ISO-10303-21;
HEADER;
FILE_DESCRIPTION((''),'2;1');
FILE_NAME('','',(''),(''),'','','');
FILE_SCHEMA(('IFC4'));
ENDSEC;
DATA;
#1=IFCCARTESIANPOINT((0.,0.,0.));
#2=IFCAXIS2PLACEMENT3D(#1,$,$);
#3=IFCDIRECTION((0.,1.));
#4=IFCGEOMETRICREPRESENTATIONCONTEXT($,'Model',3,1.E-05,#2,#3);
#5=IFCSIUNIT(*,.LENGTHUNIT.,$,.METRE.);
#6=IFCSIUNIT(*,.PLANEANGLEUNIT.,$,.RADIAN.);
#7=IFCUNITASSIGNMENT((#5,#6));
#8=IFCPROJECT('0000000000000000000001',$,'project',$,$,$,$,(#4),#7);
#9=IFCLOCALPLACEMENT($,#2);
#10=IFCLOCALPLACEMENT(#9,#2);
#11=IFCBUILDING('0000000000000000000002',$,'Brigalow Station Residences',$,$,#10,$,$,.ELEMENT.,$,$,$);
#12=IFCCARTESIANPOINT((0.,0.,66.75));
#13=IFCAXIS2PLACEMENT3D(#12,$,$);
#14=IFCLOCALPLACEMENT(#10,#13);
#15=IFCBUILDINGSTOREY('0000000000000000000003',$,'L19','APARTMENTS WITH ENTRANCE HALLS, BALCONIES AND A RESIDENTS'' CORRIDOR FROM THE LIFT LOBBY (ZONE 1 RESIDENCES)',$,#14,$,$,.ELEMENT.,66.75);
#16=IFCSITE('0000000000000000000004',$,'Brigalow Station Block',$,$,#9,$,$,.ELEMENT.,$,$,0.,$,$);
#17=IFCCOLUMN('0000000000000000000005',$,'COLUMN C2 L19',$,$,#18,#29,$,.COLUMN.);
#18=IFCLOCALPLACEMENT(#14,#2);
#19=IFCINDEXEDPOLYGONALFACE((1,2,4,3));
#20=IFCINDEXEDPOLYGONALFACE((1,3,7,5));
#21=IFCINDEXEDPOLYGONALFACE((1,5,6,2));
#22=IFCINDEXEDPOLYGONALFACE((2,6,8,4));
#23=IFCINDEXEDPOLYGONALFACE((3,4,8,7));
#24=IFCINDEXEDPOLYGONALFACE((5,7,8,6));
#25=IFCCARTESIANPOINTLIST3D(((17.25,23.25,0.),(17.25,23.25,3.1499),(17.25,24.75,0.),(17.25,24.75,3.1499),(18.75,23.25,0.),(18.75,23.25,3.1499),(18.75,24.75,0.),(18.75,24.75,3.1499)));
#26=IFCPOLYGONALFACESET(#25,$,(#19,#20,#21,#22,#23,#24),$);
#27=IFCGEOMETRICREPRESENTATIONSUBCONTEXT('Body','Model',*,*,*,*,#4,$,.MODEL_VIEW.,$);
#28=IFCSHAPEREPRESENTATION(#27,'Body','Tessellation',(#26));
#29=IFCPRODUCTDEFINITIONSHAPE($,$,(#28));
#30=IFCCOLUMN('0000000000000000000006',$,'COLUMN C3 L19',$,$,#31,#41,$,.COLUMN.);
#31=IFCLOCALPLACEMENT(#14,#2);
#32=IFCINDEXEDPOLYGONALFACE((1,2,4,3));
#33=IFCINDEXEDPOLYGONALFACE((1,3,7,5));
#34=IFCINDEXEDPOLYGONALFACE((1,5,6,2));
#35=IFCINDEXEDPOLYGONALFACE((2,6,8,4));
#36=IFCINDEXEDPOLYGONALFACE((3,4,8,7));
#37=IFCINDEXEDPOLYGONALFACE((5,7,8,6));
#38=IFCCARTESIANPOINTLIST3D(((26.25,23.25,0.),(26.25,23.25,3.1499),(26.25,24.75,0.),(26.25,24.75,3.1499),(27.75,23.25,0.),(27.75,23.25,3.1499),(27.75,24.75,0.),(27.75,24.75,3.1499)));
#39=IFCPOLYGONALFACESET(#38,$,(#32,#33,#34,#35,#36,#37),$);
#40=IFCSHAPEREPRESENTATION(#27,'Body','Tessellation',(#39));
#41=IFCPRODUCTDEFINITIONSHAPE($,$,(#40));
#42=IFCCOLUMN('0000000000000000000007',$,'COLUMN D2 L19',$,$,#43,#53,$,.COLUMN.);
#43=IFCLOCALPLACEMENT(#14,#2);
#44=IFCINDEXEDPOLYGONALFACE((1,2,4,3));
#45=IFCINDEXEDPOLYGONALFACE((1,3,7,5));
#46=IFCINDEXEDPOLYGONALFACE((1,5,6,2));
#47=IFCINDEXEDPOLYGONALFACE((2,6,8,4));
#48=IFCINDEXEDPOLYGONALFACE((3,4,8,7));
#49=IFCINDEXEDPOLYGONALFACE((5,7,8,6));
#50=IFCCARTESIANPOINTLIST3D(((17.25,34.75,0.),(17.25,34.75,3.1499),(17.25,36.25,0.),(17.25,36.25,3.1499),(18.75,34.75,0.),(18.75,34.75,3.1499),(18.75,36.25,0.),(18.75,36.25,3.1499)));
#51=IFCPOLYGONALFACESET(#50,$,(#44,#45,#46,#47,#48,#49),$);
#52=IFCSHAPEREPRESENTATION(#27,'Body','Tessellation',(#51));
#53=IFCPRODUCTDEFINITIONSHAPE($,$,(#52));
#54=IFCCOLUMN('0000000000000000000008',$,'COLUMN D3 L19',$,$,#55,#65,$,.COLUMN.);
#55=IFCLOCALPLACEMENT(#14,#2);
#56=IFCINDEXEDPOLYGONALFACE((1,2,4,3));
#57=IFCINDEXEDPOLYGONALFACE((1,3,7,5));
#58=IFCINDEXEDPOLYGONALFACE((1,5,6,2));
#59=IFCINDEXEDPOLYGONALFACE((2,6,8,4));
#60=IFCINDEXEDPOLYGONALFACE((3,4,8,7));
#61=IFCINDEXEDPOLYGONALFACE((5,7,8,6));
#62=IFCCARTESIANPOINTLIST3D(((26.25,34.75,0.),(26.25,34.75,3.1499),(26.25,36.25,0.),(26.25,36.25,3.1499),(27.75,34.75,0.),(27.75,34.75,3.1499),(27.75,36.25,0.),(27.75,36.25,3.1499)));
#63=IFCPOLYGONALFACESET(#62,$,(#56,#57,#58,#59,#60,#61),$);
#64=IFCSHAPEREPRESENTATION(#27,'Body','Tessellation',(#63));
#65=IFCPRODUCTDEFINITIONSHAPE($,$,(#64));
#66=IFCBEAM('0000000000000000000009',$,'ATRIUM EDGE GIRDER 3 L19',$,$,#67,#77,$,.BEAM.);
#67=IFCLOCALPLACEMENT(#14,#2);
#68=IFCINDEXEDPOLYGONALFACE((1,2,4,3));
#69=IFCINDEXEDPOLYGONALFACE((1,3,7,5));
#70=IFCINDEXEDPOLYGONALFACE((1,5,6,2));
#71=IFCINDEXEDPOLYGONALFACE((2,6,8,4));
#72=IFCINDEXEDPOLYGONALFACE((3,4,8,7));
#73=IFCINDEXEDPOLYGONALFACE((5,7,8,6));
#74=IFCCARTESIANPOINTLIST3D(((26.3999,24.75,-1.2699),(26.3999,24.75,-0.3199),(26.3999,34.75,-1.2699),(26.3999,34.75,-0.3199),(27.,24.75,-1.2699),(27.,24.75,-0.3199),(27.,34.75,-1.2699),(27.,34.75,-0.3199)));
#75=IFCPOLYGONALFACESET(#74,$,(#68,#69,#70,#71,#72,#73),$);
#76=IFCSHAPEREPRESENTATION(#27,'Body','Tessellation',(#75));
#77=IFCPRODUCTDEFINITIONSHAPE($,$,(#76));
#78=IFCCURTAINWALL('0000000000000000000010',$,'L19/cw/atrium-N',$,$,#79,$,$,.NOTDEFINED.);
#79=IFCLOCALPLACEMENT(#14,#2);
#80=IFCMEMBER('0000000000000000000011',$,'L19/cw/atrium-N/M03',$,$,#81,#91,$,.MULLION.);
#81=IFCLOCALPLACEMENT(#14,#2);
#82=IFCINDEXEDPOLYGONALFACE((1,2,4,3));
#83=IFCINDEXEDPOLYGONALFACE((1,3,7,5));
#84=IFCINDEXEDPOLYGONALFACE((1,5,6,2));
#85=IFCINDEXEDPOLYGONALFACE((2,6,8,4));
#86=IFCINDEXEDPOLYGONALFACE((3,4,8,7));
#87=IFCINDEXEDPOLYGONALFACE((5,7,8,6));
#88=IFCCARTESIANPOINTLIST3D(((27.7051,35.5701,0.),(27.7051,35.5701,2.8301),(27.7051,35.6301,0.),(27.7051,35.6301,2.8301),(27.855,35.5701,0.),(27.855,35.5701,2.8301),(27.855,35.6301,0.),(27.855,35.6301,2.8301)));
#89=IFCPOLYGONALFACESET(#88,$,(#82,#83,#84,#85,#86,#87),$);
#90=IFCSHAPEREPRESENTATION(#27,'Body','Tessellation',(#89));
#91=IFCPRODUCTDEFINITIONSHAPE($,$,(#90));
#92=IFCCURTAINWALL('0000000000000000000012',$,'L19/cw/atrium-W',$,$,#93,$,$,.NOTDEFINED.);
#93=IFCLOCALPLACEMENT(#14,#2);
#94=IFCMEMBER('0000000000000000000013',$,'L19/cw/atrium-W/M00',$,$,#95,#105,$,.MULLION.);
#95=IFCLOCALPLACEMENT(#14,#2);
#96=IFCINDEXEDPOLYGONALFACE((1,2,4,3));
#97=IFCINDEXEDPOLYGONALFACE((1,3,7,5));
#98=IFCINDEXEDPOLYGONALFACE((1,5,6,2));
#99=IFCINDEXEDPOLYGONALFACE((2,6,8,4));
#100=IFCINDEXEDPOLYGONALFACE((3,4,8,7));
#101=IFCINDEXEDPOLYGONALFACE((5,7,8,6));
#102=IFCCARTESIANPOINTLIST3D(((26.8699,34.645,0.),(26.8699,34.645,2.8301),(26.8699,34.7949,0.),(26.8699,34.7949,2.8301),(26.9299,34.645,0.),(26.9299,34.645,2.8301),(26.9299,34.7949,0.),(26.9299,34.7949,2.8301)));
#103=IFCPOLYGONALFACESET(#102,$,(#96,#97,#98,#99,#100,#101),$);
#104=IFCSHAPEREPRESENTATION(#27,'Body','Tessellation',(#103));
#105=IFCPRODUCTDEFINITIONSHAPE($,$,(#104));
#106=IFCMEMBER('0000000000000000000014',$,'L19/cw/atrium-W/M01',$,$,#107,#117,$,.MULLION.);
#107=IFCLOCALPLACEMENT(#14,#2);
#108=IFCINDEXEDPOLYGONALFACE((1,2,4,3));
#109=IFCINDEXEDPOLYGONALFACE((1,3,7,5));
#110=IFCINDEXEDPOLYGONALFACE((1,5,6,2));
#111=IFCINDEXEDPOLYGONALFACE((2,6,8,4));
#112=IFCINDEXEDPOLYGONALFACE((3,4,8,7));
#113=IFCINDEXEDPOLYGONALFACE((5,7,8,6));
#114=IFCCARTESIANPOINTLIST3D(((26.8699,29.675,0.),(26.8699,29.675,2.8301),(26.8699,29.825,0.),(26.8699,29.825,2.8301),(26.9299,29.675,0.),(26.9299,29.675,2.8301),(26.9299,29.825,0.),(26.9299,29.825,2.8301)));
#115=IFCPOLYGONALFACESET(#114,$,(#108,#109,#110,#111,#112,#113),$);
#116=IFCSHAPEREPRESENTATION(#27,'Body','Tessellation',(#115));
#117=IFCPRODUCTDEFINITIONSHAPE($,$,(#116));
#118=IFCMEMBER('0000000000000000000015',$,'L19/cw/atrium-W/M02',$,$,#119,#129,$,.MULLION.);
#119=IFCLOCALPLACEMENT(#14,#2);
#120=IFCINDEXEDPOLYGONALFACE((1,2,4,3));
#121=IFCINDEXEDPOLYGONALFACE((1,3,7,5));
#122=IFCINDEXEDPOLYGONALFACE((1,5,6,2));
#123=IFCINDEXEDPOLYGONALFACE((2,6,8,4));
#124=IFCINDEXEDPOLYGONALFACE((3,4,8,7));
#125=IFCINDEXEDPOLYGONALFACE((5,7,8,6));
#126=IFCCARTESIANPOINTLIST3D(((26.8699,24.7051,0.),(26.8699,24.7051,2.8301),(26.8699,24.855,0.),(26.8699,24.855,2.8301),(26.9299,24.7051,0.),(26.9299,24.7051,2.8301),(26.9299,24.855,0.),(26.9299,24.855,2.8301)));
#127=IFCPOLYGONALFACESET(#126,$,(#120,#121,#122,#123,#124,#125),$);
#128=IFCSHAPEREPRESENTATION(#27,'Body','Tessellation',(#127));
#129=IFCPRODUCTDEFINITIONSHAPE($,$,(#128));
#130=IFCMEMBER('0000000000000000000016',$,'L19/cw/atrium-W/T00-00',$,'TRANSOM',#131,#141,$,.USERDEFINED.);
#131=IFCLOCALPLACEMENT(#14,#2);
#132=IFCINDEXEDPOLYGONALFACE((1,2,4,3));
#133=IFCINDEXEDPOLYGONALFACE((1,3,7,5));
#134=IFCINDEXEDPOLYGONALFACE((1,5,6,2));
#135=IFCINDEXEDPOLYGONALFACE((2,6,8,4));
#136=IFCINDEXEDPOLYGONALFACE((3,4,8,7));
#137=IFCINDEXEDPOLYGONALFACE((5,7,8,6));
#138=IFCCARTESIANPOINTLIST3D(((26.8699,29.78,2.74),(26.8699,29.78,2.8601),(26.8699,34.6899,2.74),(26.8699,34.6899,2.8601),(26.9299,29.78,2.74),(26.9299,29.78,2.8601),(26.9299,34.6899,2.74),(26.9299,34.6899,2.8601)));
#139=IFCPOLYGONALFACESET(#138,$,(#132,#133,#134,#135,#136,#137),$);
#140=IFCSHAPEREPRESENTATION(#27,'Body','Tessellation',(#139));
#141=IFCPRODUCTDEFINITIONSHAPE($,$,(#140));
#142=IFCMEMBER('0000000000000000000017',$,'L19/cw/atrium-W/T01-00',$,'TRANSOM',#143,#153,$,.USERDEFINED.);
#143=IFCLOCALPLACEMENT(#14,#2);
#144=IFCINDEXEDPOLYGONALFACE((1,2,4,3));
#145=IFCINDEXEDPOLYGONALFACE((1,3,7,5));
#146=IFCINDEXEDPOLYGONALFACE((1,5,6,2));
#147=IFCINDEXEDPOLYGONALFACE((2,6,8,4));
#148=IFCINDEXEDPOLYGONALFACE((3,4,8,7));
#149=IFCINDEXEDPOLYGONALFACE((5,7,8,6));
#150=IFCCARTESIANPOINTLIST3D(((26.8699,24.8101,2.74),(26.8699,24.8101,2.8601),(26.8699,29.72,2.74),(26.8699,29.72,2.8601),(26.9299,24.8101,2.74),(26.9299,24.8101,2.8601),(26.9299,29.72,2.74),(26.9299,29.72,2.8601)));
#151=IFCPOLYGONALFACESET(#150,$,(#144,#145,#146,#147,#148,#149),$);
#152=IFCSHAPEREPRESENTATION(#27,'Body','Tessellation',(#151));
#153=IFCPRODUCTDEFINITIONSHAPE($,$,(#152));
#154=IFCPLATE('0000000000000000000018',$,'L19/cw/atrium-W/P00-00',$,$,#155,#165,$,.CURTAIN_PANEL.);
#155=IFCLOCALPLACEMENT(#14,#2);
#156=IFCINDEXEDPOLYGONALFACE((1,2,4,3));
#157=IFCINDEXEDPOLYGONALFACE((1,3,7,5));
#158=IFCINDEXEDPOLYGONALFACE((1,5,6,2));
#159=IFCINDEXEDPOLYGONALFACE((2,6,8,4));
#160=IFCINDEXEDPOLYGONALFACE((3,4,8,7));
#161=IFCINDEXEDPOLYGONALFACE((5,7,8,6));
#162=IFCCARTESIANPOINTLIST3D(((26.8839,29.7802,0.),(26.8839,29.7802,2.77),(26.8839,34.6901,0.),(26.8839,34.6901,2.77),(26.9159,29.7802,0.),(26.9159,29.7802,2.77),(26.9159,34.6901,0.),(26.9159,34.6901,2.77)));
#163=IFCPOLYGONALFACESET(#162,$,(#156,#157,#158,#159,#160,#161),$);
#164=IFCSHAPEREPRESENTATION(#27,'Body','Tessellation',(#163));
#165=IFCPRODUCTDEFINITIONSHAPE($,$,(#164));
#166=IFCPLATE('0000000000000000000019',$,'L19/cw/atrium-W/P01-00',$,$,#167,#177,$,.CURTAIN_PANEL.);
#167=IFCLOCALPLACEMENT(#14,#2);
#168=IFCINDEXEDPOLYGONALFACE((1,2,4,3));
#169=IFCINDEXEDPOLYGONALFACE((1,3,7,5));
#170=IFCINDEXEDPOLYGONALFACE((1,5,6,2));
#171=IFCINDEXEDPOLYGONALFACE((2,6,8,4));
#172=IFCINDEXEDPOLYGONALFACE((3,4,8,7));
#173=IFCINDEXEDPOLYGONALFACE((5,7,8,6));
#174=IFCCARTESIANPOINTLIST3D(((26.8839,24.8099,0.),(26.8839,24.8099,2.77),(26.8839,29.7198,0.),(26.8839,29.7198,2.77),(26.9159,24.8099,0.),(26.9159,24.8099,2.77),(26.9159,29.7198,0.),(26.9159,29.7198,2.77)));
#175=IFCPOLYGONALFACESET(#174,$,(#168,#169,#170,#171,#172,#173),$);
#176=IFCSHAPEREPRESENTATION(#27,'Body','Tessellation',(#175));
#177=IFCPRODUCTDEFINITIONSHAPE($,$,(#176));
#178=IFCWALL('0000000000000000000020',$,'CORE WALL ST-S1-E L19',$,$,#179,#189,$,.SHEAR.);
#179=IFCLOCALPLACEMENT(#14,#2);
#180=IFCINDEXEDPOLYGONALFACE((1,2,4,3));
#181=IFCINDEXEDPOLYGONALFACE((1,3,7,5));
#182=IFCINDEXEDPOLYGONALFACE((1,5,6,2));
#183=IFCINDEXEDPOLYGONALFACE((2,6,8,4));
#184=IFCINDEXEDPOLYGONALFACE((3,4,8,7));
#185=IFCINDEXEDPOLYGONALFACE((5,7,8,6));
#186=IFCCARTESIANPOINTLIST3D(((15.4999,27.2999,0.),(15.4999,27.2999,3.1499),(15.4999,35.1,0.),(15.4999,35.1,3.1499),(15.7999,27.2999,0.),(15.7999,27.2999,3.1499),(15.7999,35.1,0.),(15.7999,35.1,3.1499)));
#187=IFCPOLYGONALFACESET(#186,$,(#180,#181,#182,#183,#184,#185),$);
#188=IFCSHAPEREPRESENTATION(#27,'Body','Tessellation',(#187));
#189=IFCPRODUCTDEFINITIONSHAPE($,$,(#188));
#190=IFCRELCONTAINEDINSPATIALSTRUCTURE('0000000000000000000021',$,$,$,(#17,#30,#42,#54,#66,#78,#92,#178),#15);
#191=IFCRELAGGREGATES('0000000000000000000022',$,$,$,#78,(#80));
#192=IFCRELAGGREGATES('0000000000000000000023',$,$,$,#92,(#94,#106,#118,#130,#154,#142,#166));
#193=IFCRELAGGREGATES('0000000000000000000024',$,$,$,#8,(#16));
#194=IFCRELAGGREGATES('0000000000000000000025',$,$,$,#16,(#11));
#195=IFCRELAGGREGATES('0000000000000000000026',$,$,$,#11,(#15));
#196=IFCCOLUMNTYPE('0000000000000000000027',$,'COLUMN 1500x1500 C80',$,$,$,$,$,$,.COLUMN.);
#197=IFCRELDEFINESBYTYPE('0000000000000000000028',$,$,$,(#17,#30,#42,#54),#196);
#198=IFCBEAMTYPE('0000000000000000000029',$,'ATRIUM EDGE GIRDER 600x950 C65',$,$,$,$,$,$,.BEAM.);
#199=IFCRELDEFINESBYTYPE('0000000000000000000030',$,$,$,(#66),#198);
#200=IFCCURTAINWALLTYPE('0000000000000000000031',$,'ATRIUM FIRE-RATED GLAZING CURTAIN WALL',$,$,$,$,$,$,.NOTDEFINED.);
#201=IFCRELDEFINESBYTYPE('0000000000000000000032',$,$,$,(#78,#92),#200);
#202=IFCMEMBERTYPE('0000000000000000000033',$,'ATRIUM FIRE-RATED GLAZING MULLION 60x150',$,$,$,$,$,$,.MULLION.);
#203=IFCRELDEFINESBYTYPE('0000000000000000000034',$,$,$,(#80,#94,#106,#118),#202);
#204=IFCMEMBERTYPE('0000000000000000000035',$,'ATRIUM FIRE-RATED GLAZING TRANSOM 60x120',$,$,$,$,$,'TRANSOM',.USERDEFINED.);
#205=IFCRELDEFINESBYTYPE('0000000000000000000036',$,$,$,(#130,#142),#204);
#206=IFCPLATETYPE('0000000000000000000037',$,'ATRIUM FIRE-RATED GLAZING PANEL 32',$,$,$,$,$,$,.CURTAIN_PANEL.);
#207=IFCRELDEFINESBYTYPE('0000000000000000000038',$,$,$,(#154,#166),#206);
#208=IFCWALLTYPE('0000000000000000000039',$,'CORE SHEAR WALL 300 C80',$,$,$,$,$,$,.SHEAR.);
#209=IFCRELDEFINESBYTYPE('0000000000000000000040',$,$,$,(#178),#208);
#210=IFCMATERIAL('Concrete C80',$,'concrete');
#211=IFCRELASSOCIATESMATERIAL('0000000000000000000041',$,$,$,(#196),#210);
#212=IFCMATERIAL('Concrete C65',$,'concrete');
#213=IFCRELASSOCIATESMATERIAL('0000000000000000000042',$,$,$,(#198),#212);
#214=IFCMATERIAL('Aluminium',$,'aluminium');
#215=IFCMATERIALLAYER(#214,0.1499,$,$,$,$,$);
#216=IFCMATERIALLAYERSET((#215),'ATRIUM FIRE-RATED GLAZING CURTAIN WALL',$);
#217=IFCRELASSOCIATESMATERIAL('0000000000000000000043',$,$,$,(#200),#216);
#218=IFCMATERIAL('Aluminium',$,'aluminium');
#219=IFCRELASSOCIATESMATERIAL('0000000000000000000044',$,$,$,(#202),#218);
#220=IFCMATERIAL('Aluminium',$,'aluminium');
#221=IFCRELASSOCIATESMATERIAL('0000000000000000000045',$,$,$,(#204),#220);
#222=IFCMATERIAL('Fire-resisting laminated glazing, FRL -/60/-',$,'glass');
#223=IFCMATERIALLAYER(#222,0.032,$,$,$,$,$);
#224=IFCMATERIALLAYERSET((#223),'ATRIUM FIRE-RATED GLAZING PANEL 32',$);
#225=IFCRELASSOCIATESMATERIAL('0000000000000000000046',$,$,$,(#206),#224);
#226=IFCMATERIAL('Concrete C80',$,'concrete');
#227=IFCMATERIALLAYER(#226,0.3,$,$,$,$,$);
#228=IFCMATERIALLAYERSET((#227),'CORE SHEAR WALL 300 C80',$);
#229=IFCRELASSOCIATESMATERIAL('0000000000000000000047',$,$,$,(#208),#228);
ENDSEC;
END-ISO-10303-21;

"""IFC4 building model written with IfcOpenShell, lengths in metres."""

from ifc_helpers import new_model, si_unit, direction, frame, frame_2d, origin, origin_2d, place, context, subcontext, project, spatial, rectangle, extrude, material, layer, layer_set, material_profile, profile_set, type_object, element, aggregate, save


model = new_model("IFC4")

# Units and contexts
model_context = context("Model", 3, precision=1e-05, world=origin(), true_north=direction((0.0, 1.0)))
body_context = subcontext(model_context, "Body", "Model", "MODEL_VIEW")
ifc_project = project(units=[si_unit("LENGTHUNIT", "METRE"), si_unit("PLANEANGLEUNIT", "RADIAN")], contexts=[model_context])

# Site, building, storey
site_placement = place(None, origin())
site = spatial("IfcSite", under=ifc_project, at=site_placement, Name="Brigalow Station Block", CompositionType="ELEMENT", RefElevation=0.0)
building_placement = place(site_placement, origin())
building = spatial("IfcBuilding", under=site, at=building_placement, Name="Brigalow Station Residences", CompositionType="ELEMENT")
storey_placement = place(building_placement, frame((0.0, 0.0, 66.75)))
storey = spatial("IfcBuildingStorey", under=building, at=storey_placement, Name="L19", Description="APARTMENTS WITH ENTRANCE HALLS, BALCONIES AND A RESIDENTS' CORRIDOR FROM THE LIFT LOBBY (ZONE 1 RESIDENCES)", CompositionType="ELEMENT", Elevation=66.75)

# Columns
ifc_material_1 = material(Name="Concrete C80", Category="concrete")
ifc_material_profile_1 = material_profile(ifc_material_1, rectangle(XDim=1.5, YDim=1.5, at=origin_2d()), Name="RC1500x1500")
ifc_profile_set_1 = profile_set([ifc_material_profile_1], Name="Concrete C80")
column_type = type_object("IfcColumnType", Name="COLUMN 1500x1500 C80", PredefinedType="COLUMN", material=ifc_profile_set_1)
for number, where, z_axis, x_axis, name in (
    (1, (18.0, 24.0, 0.0), (0.0, 0.0, 1.0), (1.0, 0.0, 0.0), "COLUMN C2 L19"),
    (2, (27.0, 24.0, 0.0), (0.0, 0.0, 1.0), (1.0, 0.0, 0.0), "COLUMN C3 L19"),
    (3, (18.0, 35.5, 0.0), (0.0, 0.0, 1.0), (1.0, 0.0, 0.0), "COLUMN D2 L19"),
    (4, (27.0, 35.5, 0.0), (0.0, 0.0, 1.0), (1.0, 0.0, 0.0), "COLUMN D3 L19"),
):
    element("IfcColumn", number, at=place(storey_placement, frame(where, z_axis=z_axis, x_axis=x_axis)), inside=storey, type_object=column_type, Name=name, PredefinedType="COLUMN", context=body_context, shape_type="SweptSolid", body=[
        extrude(rectangle(XDim=1.5, YDim=1.5, at=origin_2d()), origin(), (0.0, 0.0, 1.0), 3.1499),
    ])

# Beam
ifc_material_2 = material(Name="Concrete C65", Category="concrete")
ifc_material_profile_2 = material_profile(ifc_material_2, rectangle(XDim=0.6001, YDim=0.95, at=origin_2d()), Name="RC600x950")
ifc_profile_set_2 = profile_set([ifc_material_profile_2], Name="Concrete C65")
beam_type = type_object("IfcBeamType", Name="ATRIUM EDGE GIRDER 600x950 C65", PredefinedType="BEAM", material=ifc_profile_set_2)
beam_placement = place(storey_placement, frame((26.7, 24.75, -0.7949), z_axis=(0.0, 1.0, 0.0), x_axis=(-1.0, 0.0, 0.0)))
element("IfcBeam", 5, at=beam_placement, inside=storey, type_object=beam_type, Name="ATRIUM EDGE GIRDER 3 L19", PredefinedType="BEAM", context=body_context, shape_type="SweptSolid", body=[
    extrude(rectangle(XDim=0.6001, YDim=0.95, at=origin_2d()), origin(), (0.0, 0.0, 1.0), 10.0),
])

# Curtain wall, member
ifc_material_3 = material(Name="Aluminium", Category="aluminium")
ifc_layer_1 = layer(ifc_material_3, 0.1499)
ifc_layer_set_1 = layer_set([ifc_layer_1], Name="ATRIUM FIRE-RATED GLAZING CURTAIN WALL")
curtain_wall_type = type_object("IfcCurtainWallType", Name="ATRIUM FIRE-RATED GLAZING CURTAIN WALL", PredefinedType="NOTDEFINED", material=ifc_layer_set_1)
curtain_wall_1_placement = place(storey_placement, origin())
curtain_wall_1 = element("IfcCurtainWall", 6, at=curtain_wall_1_placement, inside=storey, type_object=curtain_wall_type, Name="L19/cw/atrium-N", PredefinedType="NOTDEFINED")
ifc_material_4 = material(Name="Aluminium", Category="aluminium")
ifc_material_profile_3 = material_profile(ifc_material_4, rectangle(XDim=0.0601, YDim=0.1499, at=origin_2d()), Name="ATRIUM FIRE-RATED GLAZING MULLION 60x150")
ifc_profile_set_3 = profile_set([ifc_material_profile_3], Name="Aluminium")
member_type_1 = type_object("IfcMemberType", Name="ATRIUM FIRE-RATED GLAZING MULLION 60x150", PredefinedType="MULLION", material=ifc_profile_set_3)
member_1_placement = place(storey_placement, frame((27.78, 35.6001, 0.0), z_axis=(0.0, 0.0, 1.0), x_axis=(0.0, -1.0, 0.0)))
member_1 = element("IfcMember", 7, at=member_1_placement, type_object=member_type_1, Name="L19/cw/atrium-N/M03", PredefinedType="MULLION", context=body_context, shape_type="SweptSolid", body=[
    extrude(rectangle(XDim=0.0601, YDim=0.1499, at=origin_2d()), origin(), (0.0, 0.0, 1.0), 2.8301),
])
aggregate(curtain_wall_1, [member_1])

# Curtain wall, members, plates
curtain_wall_2_placement = place(storey_placement, origin())
curtain_wall_2 = element("IfcCurtainWall", 8, at=curtain_wall_2_placement, inside=storey, type_object=curtain_wall_type, Name="L19/cw/atrium-W", PredefinedType="NOTDEFINED")
member_2_placement = place(storey_placement, frame((26.8999, 34.72, 0.0), z_axis=(0.0, 0.0, 1.0), x_axis=(1.0, 0.0, 0.0)))
member_2 = element("IfcMember", 9, at=member_2_placement, type_object=member_type_1, Name="L19/cw/atrium-W/M00", PredefinedType="MULLION", context=body_context, shape_type="SweptSolid", body=[
    extrude(rectangle(XDim=0.0601, YDim=0.1499, at=origin_2d()), origin(), (0.0, 0.0, 1.0), 2.8301),
])
member_3_placement = place(storey_placement, frame((26.8999, 29.75, 0.0), z_axis=(0.0, 0.0, 1.0), x_axis=(1.0, 0.0, 0.0)))
member_3 = element("IfcMember", 10, at=member_3_placement, type_object=member_type_1, Name="L19/cw/atrium-W/M01", PredefinedType="MULLION", context=body_context, shape_type="SweptSolid", body=[
    extrude(rectangle(XDim=0.0601, YDim=0.1499, at=origin_2d()), origin(), (0.0, 0.0, 1.0), 2.8301),
])
member_4_placement = place(storey_placement, frame((26.8999, 24.78, 0.0), z_axis=(0.0, 0.0, 1.0), x_axis=(1.0, 0.0, 0.0)))
member_4 = element("IfcMember", 11, at=member_4_placement, type_object=member_type_1, Name="L19/cw/atrium-W/M02", PredefinedType="MULLION", context=body_context, shape_type="SweptSolid", body=[
    extrude(rectangle(XDim=0.0601, YDim=0.1499, at=origin_2d()), origin(), (0.0, 0.0, 1.0), 2.8301),
])
ifc_material_5 = material(Name="Aluminium", Category="aluminium")
ifc_material_profile_4 = material_profile(ifc_material_5, rectangle(XDim=0.0601, YDim=0.1201, at=origin_2d()), Name="ATRIUM FIRE-RATED GLAZING TRANSOM 60x120")
ifc_profile_set_4 = profile_set([ifc_material_profile_4], Name="Aluminium")
member_type_2 = type_object("IfcMemberType", Name="ATRIUM FIRE-RATED GLAZING TRANSOM 60x120", ElementType="TRANSOM", PredefinedType="USERDEFINED", material=ifc_profile_set_4)
member_5_placement = place(storey_placement, frame((26.8999, 34.6899, 2.8), z_axis=(0.0, -1.0, 0.0), x_axis=(1.0, 0.0, 0.0)))
member_5 = element("IfcMember", 12, at=member_5_placement, type_object=member_type_2, Name="L19/cw/atrium-W/T00-00", ObjectType="TRANSOM", PredefinedType="USERDEFINED", context=body_context, shape_type="SweptSolid", body=[
    extrude(rectangle(XDim=0.0601, YDim=0.1201, at=origin_2d()), origin(), (0.0, 0.0, 1.0), 4.9099),
])
member_6_placement = place(storey_placement, frame((26.8999, 29.72, 2.8), z_axis=(0.0, -1.0, 0.0), x_axis=(1.0, 0.0, 0.0)))
member_6 = element("IfcMember", 13, at=member_6_placement, type_object=member_type_2, Name="L19/cw/atrium-W/T01-00", ObjectType="TRANSOM", PredefinedType="USERDEFINED", context=body_context, shape_type="SweptSolid", body=[
    extrude(rectangle(XDim=0.0601, YDim=0.1201, at=origin_2d()), origin(), (0.0, 0.0, 1.0), 4.9099),
])
ifc_material_6 = material(Name="Fire-resisting laminated glazing, FRL -/60/-", Category="glass")
ifc_layer_2 = layer(ifc_material_6, 0.032)
ifc_layer_set_2 = layer_set([ifc_layer_2], Name="ATRIUM FIRE-RATED GLAZING PANEL 32")
plate_type = type_object("IfcPlateType", Name="ATRIUM FIRE-RATED GLAZING PANEL 32", PredefinedType="CURTAIN_PANEL", material=ifc_layer_set_2)
plate_1_placement = place(storey_placement, frame((26.8999, 32.2351, 0.0), z_axis=(0.0, 0.0, 1.0), x_axis=(0.0, -1.0, 0.0)))
plate_1 = element("IfcPlate", 14, at=plate_1_placement, type_object=plate_type, Name="L19/cw/atrium-W/P00-00", PredefinedType="CURTAIN_PANEL", context=body_context, shape_type="SweptSolid", body=[
    extrude(rectangle(XDim=4.9099, YDim=0.032, at=origin_2d()), origin(), (0.0, 0.0, 1.0), 2.77),
])
plate_2_placement = place(storey_placement, frame((26.8999, 27.2649, 0.0), z_axis=(0.0, 0.0, 1.0), x_axis=(0.0, -1.0, 0.0)))
plate_2 = element("IfcPlate", 15, at=plate_2_placement, type_object=plate_type, Name="L19/cw/atrium-W/P01-00", PredefinedType="CURTAIN_PANEL", context=body_context, shape_type="SweptSolid", body=[
    extrude(rectangle(XDim=4.9099, YDim=0.032, at=origin_2d()), origin(), (0.0, 0.0, 1.0), 2.77),
])
aggregate(curtain_wall_2, [member_2, member_3, member_4, member_5, plate_1, member_6, plate_2])

# Wall
ifc_material_7 = material(Name="Concrete C80", Category="concrete")
ifc_layer_3 = layer(ifc_material_7, 0.3)
ifc_layer_set_3 = layer_set([ifc_layer_3], Name="CORE SHEAR WALL 300 C80")
wall_type_1 = type_object("IfcWallType", Name="CORE SHEAR WALL 300 C80", PredefinedType="SHEAR", material=ifc_layer_set_3)
wall_1_placement = place(storey_placement, frame((15.6499, 27.3, 0.0), z_axis=(0.0, 0.0, 1.0), x_axis=(0.0, 1.0, 0.0)))
element("IfcWall", 16, at=wall_1_placement, inside=storey, type_object=wall_type_1, Name="CORE WALL ST-S1-E L19", PredefinedType="SHEAR", context=body_context, shape_type="SweptSolid", body=[
    extrude(rectangle(XDim=7.8, YDim=0.3, at=frame_2d((3.8999, 0.0))), origin(), (0.0, 0.0, 1.0), 3.1499),
])

save(model, "model.ifc")
